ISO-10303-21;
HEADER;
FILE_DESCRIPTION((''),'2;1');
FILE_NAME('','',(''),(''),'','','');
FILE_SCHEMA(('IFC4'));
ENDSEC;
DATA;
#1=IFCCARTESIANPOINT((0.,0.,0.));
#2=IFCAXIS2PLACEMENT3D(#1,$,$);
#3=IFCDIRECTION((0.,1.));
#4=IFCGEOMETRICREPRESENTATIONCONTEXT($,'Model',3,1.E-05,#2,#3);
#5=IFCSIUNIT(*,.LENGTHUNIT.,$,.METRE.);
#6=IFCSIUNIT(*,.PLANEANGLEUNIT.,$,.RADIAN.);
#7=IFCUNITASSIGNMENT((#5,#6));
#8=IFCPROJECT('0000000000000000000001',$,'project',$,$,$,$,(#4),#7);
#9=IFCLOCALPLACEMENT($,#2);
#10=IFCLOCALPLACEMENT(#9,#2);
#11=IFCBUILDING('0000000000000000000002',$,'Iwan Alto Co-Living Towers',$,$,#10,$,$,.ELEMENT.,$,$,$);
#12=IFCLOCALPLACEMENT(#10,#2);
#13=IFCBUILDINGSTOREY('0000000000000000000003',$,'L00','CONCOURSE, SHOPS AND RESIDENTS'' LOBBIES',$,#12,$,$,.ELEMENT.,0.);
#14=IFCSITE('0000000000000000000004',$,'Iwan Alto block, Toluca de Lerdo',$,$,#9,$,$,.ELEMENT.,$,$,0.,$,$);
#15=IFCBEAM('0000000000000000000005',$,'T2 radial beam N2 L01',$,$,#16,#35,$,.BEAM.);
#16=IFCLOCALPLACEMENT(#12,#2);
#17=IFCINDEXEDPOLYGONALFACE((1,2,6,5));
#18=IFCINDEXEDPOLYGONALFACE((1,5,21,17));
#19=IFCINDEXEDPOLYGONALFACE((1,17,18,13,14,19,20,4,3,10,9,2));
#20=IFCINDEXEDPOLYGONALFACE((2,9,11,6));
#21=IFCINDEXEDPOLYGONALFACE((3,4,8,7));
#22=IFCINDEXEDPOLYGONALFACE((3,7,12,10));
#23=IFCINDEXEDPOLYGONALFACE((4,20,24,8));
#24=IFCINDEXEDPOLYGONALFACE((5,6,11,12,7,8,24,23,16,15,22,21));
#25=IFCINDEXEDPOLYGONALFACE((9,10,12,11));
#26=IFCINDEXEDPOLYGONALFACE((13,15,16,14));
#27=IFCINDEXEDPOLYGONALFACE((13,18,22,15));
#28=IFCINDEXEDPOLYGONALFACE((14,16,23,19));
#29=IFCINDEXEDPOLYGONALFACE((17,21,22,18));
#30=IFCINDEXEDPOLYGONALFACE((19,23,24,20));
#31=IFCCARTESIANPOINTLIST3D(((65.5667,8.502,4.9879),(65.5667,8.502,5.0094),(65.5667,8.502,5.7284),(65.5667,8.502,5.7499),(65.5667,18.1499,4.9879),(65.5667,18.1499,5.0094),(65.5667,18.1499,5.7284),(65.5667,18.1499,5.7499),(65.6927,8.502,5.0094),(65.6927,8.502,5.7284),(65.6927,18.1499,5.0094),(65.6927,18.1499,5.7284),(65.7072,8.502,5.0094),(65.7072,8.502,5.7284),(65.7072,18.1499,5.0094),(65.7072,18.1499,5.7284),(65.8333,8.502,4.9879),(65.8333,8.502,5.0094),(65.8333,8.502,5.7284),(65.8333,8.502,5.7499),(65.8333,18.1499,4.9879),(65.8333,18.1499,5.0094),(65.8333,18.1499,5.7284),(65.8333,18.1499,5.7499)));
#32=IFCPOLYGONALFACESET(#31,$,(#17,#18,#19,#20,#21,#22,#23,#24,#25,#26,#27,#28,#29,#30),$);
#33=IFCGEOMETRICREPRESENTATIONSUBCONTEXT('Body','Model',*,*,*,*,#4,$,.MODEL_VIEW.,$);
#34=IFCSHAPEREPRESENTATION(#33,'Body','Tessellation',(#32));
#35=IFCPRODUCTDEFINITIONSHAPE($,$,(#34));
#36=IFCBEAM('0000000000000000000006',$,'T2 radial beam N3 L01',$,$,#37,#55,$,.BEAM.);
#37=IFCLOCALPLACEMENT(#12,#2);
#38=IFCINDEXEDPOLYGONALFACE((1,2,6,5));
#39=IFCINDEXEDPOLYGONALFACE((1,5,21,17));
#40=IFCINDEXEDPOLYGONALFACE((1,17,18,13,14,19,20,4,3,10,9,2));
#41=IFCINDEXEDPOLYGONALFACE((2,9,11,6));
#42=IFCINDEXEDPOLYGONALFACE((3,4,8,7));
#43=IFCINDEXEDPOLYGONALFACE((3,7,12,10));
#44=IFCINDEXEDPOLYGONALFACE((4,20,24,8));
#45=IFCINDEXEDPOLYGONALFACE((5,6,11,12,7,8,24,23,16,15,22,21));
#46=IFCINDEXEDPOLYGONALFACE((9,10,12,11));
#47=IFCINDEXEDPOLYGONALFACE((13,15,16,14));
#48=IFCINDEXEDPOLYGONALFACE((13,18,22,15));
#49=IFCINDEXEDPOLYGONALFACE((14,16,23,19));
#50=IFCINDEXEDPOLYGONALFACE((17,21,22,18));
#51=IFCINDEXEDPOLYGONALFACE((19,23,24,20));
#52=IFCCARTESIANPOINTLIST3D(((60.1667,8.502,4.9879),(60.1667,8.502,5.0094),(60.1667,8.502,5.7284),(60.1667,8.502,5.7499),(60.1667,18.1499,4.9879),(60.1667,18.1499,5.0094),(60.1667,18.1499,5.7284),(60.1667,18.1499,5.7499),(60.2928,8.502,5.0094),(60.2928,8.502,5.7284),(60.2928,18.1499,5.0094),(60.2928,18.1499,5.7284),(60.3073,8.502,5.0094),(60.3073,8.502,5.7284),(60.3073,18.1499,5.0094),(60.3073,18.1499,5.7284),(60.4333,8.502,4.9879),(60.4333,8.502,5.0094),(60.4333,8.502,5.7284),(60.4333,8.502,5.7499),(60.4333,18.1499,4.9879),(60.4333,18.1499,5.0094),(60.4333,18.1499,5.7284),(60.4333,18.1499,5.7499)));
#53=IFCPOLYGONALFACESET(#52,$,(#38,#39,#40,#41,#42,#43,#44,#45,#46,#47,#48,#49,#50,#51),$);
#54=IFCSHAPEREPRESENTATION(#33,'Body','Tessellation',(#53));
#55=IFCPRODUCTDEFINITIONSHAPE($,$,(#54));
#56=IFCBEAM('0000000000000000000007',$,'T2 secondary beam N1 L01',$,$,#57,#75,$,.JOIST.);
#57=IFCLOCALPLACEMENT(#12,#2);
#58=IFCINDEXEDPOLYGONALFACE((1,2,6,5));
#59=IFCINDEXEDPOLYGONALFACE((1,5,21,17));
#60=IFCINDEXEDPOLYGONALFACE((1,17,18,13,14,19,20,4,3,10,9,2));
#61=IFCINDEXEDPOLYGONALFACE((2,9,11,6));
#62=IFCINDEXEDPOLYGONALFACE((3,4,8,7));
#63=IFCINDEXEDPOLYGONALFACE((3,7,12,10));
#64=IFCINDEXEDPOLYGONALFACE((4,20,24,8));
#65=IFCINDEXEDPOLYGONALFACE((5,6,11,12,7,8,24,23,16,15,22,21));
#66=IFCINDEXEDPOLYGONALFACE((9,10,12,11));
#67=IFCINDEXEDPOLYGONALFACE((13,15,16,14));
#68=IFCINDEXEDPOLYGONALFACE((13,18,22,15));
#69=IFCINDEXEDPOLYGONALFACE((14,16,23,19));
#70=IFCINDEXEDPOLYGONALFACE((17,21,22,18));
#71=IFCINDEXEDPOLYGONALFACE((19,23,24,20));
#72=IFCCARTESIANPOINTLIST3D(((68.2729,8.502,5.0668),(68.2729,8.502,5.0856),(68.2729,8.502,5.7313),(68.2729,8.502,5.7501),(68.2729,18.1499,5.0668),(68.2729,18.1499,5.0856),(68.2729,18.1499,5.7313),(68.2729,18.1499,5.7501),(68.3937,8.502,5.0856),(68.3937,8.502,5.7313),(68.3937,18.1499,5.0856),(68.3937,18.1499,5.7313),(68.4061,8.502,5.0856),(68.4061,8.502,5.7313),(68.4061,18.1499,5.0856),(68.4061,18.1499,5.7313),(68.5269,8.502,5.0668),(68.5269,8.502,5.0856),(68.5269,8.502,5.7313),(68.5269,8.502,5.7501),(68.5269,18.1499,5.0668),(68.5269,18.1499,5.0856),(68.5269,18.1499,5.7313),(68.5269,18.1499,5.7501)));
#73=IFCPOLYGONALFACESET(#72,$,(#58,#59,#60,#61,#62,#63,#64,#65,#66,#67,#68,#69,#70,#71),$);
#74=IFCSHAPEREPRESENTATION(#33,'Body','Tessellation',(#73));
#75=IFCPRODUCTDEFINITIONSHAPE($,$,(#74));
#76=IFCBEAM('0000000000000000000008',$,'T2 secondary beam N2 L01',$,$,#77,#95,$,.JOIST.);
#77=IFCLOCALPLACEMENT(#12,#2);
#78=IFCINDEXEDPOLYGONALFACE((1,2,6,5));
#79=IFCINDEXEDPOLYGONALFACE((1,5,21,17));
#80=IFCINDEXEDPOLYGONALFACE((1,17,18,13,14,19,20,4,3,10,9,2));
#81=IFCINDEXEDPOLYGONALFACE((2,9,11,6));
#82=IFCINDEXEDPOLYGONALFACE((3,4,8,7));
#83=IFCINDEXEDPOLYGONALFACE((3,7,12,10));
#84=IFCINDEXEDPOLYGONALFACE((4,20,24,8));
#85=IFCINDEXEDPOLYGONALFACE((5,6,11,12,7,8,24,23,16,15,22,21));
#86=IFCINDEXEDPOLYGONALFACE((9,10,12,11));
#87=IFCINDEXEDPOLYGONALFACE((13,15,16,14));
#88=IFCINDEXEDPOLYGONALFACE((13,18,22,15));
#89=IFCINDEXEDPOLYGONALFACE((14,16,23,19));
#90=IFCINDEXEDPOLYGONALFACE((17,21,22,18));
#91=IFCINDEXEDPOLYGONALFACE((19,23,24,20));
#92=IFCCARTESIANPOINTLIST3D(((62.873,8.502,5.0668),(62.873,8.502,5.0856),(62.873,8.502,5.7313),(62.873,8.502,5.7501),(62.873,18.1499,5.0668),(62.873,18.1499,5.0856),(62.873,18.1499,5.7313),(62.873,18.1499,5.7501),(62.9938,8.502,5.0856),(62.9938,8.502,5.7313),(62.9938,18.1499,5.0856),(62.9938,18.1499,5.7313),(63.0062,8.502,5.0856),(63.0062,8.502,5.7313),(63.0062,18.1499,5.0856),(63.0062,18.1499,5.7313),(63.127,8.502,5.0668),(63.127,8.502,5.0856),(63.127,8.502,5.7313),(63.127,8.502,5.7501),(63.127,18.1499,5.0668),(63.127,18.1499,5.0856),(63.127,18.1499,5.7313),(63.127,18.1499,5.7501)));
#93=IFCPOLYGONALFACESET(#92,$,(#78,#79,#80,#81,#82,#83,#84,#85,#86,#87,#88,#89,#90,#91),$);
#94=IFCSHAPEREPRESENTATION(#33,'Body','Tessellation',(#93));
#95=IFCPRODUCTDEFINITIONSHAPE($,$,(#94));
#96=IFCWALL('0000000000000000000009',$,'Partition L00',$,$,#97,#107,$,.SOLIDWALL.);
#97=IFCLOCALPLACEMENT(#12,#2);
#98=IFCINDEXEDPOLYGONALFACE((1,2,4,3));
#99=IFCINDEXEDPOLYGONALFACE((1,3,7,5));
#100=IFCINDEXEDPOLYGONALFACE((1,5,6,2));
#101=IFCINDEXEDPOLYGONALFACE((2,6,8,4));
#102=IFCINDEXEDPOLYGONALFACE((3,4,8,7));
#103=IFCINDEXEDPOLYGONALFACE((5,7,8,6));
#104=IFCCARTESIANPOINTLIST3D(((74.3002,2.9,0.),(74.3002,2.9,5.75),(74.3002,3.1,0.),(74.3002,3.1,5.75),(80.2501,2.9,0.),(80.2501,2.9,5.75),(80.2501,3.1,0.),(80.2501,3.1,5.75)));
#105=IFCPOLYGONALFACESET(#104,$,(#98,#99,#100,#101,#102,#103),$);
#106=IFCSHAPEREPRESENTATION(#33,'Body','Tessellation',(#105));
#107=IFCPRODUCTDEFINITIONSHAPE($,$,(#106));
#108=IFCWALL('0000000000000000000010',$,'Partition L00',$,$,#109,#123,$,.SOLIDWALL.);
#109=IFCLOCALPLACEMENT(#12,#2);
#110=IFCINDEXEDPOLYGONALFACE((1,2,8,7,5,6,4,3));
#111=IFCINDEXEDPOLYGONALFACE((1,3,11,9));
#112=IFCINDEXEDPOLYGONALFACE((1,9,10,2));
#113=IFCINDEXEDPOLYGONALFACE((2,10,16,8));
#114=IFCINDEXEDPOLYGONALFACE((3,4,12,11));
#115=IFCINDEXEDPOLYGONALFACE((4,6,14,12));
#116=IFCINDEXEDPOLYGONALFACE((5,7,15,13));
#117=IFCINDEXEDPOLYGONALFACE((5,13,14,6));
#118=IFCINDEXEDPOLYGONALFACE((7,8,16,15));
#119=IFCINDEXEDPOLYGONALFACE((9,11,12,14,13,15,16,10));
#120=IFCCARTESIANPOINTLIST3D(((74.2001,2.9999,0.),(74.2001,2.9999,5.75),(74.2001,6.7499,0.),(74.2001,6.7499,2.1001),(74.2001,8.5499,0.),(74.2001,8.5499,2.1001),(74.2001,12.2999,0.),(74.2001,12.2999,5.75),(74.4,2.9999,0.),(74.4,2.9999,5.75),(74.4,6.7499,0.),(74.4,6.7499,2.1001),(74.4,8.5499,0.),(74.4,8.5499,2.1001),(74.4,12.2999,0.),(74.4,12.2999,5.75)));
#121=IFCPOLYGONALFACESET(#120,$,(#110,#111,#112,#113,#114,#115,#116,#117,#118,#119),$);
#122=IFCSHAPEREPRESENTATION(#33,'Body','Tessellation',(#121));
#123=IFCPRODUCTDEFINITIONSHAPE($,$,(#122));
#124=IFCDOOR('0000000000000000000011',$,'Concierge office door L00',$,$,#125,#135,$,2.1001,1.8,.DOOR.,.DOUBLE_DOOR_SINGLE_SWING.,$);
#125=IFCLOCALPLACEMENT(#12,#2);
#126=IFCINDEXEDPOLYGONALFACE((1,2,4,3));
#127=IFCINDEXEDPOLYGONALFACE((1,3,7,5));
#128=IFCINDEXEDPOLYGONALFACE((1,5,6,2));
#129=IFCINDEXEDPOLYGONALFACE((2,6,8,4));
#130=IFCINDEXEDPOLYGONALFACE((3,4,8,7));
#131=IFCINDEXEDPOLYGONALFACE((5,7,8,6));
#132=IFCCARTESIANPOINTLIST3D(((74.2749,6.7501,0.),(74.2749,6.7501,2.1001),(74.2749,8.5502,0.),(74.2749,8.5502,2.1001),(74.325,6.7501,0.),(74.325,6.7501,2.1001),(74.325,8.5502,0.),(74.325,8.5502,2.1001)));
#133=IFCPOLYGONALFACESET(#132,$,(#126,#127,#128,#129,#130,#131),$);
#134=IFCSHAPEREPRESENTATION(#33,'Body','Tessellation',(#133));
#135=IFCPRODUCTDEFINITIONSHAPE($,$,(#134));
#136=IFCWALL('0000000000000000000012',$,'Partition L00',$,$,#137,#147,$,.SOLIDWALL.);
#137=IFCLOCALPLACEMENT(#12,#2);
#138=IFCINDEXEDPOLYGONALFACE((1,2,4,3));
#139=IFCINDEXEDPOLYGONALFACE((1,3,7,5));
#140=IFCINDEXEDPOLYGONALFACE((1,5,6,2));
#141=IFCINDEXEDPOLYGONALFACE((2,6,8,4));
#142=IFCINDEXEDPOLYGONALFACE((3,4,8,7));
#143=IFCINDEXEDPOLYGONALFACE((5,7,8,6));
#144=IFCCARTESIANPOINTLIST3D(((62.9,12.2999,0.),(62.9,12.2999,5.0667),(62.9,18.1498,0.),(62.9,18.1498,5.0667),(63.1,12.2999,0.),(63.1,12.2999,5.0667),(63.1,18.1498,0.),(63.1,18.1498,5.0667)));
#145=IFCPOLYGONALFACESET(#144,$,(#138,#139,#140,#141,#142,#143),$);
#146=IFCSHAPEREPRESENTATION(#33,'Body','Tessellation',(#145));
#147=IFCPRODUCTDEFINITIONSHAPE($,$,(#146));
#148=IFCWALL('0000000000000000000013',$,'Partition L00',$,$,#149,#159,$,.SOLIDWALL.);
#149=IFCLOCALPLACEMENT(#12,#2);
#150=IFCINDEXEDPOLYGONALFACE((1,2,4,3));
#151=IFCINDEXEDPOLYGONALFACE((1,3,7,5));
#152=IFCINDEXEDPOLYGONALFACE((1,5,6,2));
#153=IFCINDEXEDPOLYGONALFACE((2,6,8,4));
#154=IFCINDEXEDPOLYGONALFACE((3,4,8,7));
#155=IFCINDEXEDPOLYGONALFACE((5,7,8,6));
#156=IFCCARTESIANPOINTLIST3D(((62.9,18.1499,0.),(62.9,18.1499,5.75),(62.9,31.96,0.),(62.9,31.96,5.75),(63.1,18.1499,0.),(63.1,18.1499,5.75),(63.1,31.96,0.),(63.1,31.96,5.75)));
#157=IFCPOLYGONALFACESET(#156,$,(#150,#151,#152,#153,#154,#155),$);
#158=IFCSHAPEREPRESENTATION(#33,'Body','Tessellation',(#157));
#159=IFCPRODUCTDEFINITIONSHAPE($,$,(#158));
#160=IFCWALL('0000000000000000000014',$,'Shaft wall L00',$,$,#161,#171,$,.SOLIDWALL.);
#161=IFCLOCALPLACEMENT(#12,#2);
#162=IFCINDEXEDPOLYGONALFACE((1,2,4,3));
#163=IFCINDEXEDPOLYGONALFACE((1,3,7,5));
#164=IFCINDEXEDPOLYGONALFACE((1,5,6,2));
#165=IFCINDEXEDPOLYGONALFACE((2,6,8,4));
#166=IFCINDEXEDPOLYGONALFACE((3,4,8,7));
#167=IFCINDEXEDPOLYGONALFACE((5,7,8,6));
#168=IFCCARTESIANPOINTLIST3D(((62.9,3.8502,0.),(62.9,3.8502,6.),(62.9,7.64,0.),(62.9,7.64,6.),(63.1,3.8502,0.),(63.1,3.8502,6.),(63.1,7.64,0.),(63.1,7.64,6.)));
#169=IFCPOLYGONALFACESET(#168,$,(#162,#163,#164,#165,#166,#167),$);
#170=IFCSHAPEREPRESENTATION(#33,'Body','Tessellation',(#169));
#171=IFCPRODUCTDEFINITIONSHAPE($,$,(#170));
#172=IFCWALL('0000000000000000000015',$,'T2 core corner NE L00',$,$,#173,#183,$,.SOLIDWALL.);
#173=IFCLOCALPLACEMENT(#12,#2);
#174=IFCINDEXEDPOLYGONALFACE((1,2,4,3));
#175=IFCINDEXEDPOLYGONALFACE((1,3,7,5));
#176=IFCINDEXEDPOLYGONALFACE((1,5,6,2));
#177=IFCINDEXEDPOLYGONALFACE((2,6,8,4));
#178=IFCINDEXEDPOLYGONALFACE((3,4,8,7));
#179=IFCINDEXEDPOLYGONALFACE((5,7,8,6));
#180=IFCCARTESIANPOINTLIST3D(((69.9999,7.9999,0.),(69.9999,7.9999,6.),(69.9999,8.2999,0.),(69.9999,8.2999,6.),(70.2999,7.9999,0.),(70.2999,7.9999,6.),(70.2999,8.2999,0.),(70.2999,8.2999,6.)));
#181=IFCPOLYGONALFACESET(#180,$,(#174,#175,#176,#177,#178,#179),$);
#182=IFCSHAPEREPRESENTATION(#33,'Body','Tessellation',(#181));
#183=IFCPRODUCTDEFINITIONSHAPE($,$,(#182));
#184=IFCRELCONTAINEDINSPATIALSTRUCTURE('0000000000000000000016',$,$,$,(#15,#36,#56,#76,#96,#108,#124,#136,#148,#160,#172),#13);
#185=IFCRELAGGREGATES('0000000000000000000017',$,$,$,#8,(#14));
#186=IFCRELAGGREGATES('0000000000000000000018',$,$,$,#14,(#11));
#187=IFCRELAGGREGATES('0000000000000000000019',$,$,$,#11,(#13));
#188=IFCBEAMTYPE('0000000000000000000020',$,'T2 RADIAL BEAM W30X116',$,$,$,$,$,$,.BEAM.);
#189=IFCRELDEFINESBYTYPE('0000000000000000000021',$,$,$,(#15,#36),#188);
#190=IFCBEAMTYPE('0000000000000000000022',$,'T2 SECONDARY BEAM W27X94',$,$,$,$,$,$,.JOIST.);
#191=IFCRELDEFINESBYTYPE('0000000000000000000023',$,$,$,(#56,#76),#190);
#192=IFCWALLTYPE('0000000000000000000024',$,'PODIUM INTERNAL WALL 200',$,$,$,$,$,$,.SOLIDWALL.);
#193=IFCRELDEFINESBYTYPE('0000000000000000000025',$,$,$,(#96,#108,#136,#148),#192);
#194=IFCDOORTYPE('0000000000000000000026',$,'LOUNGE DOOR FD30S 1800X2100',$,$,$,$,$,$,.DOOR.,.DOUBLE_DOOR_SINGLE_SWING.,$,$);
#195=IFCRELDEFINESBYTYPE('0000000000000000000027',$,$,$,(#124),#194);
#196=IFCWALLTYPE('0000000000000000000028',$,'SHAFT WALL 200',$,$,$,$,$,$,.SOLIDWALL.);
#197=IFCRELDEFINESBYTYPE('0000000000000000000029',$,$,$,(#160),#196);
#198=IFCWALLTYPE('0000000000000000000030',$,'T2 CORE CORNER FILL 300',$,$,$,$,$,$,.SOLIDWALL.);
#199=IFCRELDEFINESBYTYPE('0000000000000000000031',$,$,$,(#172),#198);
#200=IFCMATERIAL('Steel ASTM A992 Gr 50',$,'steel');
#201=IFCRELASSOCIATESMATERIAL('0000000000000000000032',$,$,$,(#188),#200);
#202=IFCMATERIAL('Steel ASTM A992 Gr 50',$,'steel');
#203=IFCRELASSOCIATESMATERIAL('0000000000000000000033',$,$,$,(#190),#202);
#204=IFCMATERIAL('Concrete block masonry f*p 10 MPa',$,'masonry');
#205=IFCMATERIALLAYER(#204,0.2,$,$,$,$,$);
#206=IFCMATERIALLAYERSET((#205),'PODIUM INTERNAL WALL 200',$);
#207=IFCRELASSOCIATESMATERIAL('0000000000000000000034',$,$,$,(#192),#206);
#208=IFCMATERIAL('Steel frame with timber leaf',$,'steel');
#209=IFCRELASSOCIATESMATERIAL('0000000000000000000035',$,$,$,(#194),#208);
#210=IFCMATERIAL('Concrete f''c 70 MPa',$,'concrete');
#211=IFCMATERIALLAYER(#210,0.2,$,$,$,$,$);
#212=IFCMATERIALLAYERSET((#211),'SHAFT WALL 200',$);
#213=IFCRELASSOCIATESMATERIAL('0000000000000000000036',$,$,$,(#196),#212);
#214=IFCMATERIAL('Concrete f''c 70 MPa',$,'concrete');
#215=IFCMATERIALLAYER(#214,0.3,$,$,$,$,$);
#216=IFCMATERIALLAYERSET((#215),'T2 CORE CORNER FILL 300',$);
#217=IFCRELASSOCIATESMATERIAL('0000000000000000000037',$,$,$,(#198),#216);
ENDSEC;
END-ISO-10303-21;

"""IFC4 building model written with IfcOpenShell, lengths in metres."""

from ifc_helpers import new_model, si_unit, direction, frame, frame_2d, origin, origin_2d, place, context, subcontext, project, spatial, rectangle, i_section, extrude, material, layer, layer_set, material_profile, profile_set, type_object, element, fill, save


model = new_model("IFC4")

# Units and contexts
model_context = context("Model", 3, precision=1e-05, world=origin(), true_north=direction((0.0, 1.0)))
body_context = subcontext(model_context, "Body", "Model", "MODEL_VIEW")
ifc_project = project(units=[si_unit("LENGTHUNIT", "METRE"), si_unit("PLANEANGLEUNIT", "RADIAN")], contexts=[model_context])

# Site, building, storey
site_placement = place(None, origin())
site = spatial("IfcSite", under=ifc_project, at=site_placement, Name="Iwan Alto block, Toluca de Lerdo", CompositionType="ELEMENT", RefElevation=0.0)
building_placement = place(site_placement, origin())
building = spatial("IfcBuilding", under=site, at=building_placement, Name="Iwan Alto Co-Living Towers", CompositionType="ELEMENT")
storey_placement = place(building_placement, origin())
storey = spatial("IfcBuildingStorey", under=building, at=storey_placement, Name="L00", Description="CONCOURSE, SHOPS AND RESIDENTS' LOBBIES", CompositionType="ELEMENT", Elevation=0.0)

# Beams
ifc_material_1 = material(Name="Steel ASTM A992 Gr 50", Category="steel")
ifc_material_profile_1 = material_profile(ifc_material_1, i_section(OverallWidth=0.2666, OverallDepth=0.762, WebThickness=0.0144, FlangeThickness=0.0215, at=origin_2d()), Name="W30X116")
ifc_profile_set_1 = profile_set([ifc_material_profile_1], Name="Steel ASTM A992 Gr 50")
beam_type_1 = type_object("IfcBeamType", Name="T2 RADIAL BEAM W30X116", PredefinedType="BEAM", material=ifc_profile_set_1)
for number, where, z_axis, x_axis, name in (
    (1, (65.7, 18.1499, 5.3689), (0.0, -1.0, 0.0), (1.0, 0.0, 0.0), "T2 radial beam N2 L01"),
    (2, (60.3, 18.1499, 5.3689), (0.0, -1.0, 0.0), (1.0, 0.0, 0.0), "T2 radial beam N3 L01"),
):
    element("IfcBeam", number, at=place(storey_placement, frame(where, z_axis=z_axis, x_axis=x_axis)), inside=storey, type_object=beam_type_1, Name=name, PredefinedType="BEAM", context=body_context, shape_type="SweptSolid", body=[
        extrude(i_section(OverallWidth=0.2666, OverallDepth=0.762, WebThickness=0.0144, FlangeThickness=0.0215, at=origin_2d()), origin(), (0.0, 0.0, 1.0), 9.6479),
    ])
ifc_material_2 = material(Name="Steel ASTM A992 Gr 50", Category="steel")
ifc_material_profile_2 = material_profile(ifc_material_2, i_section(OverallWidth=0.2539, OverallDepth=0.6833, WebThickness=0.0125, FlangeThickness=0.0188, at=origin_2d()), Name="W27X94")
ifc_profile_set_2 = profile_set([ifc_material_profile_2], Name="Steel ASTM A992 Gr 50")
beam_type_2 = type_object("IfcBeamType", Name="T2 SECONDARY BEAM W27X94", PredefinedType="JOIST", material=ifc_profile_set_2)
for number, where, z_axis, x_axis, name in (
    (3, (68.3999, 18.1499, 5.4084), (0.0, -1.0, 0.0), (1.0, 0.0, 0.0), "T2 secondary beam N1 L01"),
    (4, (63.0, 18.1499, 5.4084), (0.0, -1.0, 0.0), (1.0, 0.0, 0.0), "T2 secondary beam N2 L01"),
):
    element("IfcBeam", number, at=place(storey_placement, frame(where, z_axis=z_axis, x_axis=x_axis)), inside=storey, type_object=beam_type_2, Name=name, PredefinedType="JOIST", context=body_context, shape_type="SweptSolid", body=[
        extrude(i_section(OverallWidth=0.2539, OverallDepth=0.6833, WebThickness=0.0125, FlangeThickness=0.0188, at=origin_2d()), origin(), (0.0, 0.0, 1.0), 9.6479),
    ])

# Wall
ifc_material_3 = material(Name="Concrete block masonry f*p 10 MPa", Category="masonry")
ifc_layer_1 = layer(ifc_material_3, 0.2)
ifc_layer_set_1 = layer_set([ifc_layer_1], Name="PODIUM INTERNAL WALL 200")
wall_type_1 = type_object("IfcWallType", Name="PODIUM INTERNAL WALL 200", PredefinedType="SOLIDWALL", material=ifc_layer_set_1)
wall_1_placement = place(storey_placement, frame((74.3, 3.0, 0.0), z_axis=(0.0, 0.0, 1.0), x_axis=(1.0, 0.0, 0.0)))
element("IfcWall", 5, at=wall_1_placement, inside=storey, type_object=wall_type_1, Name="Partition L00", PredefinedType="SOLIDWALL", context=body_context, shape_type="SweptSolid", body=[
    extrude(rectangle(XDim=5.95, YDim=0.2, at=frame_2d((2.9751, 0.0))), origin(), (0.0, 0.0, 1.0), 5.75),
])

# Wall, opening, door
wall_2_placement = place(storey_placement, frame((74.3, 3.0, 0.0), z_axis=(0.0, 0.0, 1.0), x_axis=(0.0, 1.0, 0.0)))
wall_2 = element("IfcWall", 6, at=wall_2_placement, inside=storey, type_object=wall_type_1, Name="Partition L00", PredefinedType="SOLIDWALL", context=body_context, shape_type="SweptSolid", body=[
    extrude(rectangle(XDim=9.3, YDim=0.2, at=frame_2d((4.6499, 0.0))), origin(), (0.0, 0.0, 1.0), 5.75),
])
opening_1_placement = place(wall_2_placement, frame((3.75, 0.0, 0.0)))
opening_1 = element("IfcOpeningElement", 7, at=opening_1_placement, cuts=wall_2, PredefinedType="OPENING", context=body_context, shape_type="SweptSolid", body=[
    extrude(rectangle(XDim=1.8, YDim=2.1001, at=frame_2d((0.8999, 1.05))), frame((0.0, 0.1099, 0.0), z_axis=(0.0, -1.0, 0.0), x_axis=(1.0, 0.0, 0.0)), (0.0, 0.0, 1.0), 0.22),
])
ifc_material_4 = material(Name="Steel frame with timber leaf", Category="steel")
door_type_1 = type_object("IfcDoorType", Name="LOUNGE DOOR FD30S 1800X2100", OperationType="DOUBLE_DOOR_SINGLE_SWING", PredefinedType="DOOR", material=ifc_material_4)
door_1_placement = place(opening_1_placement, frame((1.8, 0.0, 0.0), z_axis=(0.0, 0.0, 1.0), x_axis=(-1.0, 0.0, 0.0)))
door_1 = element("IfcDoor", 8, at=door_1_placement, inside=storey, type_object=door_type_1, Name="Concierge office door L00", OperationType="DOUBLE_DOOR_SINGLE_SWING", OverallHeight=2.1001, OverallWidth=1.8, PredefinedType="DOOR", context=body_context, shape_type="SweptSolid", body=[
    extrude(rectangle(XDim=1.8, YDim=2.1001, at=frame_2d((0.8999, 1.05))), frame((0.0, 0.0249, 0.0), z_axis=(0.0, -1.0, 0.0), x_axis=(1.0, 0.0, 0.0)), (0.0, 0.0, 1.0), 0.05),
])
fill(opening_1, door_1)

# Walls
wall_3_placement = place(storey_placement, frame((63.0, 12.3, 0.0), z_axis=(0.0, 0.0, 1.0), x_axis=(0.0, 1.0, 0.0)))
element("IfcWall", 9, at=wall_3_placement, inside=storey, type_object=wall_type_1, Name="Partition L00", PredefinedType="SOLIDWALL", context=body_context, shape_type="SweptSolid", body=[
    extrude(rectangle(XDim=5.8499, YDim=0.2, at=frame_2d((2.9248, 0.0))), origin(), (0.0, 0.0, 1.0), 5.0667),
])
wall_4_placement = place(storey_placement, frame((63.0, 18.1499, 0.0), z_axis=(0.0, 0.0, 1.0), x_axis=(0.0, 1.0, 0.0)))
element("IfcWall", 10, at=wall_4_placement, inside=storey, type_object=wall_type_1, Name="Partition L00", PredefinedType="SOLIDWALL", context=body_context, shape_type="SweptSolid", body=[
    extrude(rectangle(XDim=13.8101, YDim=0.2, at=frame_2d((6.905, 0.0))), origin(), (0.0, 0.0, 1.0), 5.75),
])
ifc_material_5 = material(Name="Concrete f'c 70 MPa", Category="concrete")
ifc_layer_2 = layer(ifc_material_5, 0.2)
ifc_layer_set_2 = layer_set([ifc_layer_2], Name="SHAFT WALL 200")
wall_type_2 = type_object("IfcWallType", Name="SHAFT WALL 200", PredefinedType="SOLIDWALL", material=ifc_layer_set_2)
wall_5_placement = place(storey_placement, frame((63.0, 3.8501, 0.0), z_axis=(0.0, 0.0, 1.0), x_axis=(0.0, 1.0, 0.0)))
element("IfcWall", 11, at=wall_5_placement, inside=storey, type_object=wall_type_2, Name="Shaft wall L00", PredefinedType="SOLIDWALL", context=body_context, shape_type="SweptSolid", body=[
    extrude(rectangle(XDim=3.7898, YDim=0.2, at=frame_2d((1.895, 0.0))), origin(), (0.0, 0.0, 1.0), 6.0),
])
ifc_material_6 = material(Name="Concrete f'c 70 MPa", Category="concrete")
ifc_layer_3 = layer(ifc_material_6, 0.3)
ifc_layer_set_3 = layer_set([ifc_layer_3], Name="T2 CORE CORNER FILL 300")
wall_type_3 = type_object("IfcWallType", Name="T2 CORE CORNER FILL 300", PredefinedType="SOLIDWALL", material=ifc_layer_set_3)
wall_6_placement = place(storey_placement, frame((70.0, 8.1499, 0.0), z_axis=(0.0, 0.0, 1.0), x_axis=(1.0, 0.0, 0.0)))
element("IfcWall", 12, at=wall_6_placement, inside=storey, type_object=wall_type_3, Name="T2 core corner NE L00", PredefinedType="SOLIDWALL", context=body_context, shape_type="SweptSolid", body=[
    extrude(rectangle(XDim=0.3, YDim=0.3, at=frame_2d((0.1499, 0.0))), origin(), (0.0, 0.0, 1.0), 6.0),
])

save(model, "model.ifc")
